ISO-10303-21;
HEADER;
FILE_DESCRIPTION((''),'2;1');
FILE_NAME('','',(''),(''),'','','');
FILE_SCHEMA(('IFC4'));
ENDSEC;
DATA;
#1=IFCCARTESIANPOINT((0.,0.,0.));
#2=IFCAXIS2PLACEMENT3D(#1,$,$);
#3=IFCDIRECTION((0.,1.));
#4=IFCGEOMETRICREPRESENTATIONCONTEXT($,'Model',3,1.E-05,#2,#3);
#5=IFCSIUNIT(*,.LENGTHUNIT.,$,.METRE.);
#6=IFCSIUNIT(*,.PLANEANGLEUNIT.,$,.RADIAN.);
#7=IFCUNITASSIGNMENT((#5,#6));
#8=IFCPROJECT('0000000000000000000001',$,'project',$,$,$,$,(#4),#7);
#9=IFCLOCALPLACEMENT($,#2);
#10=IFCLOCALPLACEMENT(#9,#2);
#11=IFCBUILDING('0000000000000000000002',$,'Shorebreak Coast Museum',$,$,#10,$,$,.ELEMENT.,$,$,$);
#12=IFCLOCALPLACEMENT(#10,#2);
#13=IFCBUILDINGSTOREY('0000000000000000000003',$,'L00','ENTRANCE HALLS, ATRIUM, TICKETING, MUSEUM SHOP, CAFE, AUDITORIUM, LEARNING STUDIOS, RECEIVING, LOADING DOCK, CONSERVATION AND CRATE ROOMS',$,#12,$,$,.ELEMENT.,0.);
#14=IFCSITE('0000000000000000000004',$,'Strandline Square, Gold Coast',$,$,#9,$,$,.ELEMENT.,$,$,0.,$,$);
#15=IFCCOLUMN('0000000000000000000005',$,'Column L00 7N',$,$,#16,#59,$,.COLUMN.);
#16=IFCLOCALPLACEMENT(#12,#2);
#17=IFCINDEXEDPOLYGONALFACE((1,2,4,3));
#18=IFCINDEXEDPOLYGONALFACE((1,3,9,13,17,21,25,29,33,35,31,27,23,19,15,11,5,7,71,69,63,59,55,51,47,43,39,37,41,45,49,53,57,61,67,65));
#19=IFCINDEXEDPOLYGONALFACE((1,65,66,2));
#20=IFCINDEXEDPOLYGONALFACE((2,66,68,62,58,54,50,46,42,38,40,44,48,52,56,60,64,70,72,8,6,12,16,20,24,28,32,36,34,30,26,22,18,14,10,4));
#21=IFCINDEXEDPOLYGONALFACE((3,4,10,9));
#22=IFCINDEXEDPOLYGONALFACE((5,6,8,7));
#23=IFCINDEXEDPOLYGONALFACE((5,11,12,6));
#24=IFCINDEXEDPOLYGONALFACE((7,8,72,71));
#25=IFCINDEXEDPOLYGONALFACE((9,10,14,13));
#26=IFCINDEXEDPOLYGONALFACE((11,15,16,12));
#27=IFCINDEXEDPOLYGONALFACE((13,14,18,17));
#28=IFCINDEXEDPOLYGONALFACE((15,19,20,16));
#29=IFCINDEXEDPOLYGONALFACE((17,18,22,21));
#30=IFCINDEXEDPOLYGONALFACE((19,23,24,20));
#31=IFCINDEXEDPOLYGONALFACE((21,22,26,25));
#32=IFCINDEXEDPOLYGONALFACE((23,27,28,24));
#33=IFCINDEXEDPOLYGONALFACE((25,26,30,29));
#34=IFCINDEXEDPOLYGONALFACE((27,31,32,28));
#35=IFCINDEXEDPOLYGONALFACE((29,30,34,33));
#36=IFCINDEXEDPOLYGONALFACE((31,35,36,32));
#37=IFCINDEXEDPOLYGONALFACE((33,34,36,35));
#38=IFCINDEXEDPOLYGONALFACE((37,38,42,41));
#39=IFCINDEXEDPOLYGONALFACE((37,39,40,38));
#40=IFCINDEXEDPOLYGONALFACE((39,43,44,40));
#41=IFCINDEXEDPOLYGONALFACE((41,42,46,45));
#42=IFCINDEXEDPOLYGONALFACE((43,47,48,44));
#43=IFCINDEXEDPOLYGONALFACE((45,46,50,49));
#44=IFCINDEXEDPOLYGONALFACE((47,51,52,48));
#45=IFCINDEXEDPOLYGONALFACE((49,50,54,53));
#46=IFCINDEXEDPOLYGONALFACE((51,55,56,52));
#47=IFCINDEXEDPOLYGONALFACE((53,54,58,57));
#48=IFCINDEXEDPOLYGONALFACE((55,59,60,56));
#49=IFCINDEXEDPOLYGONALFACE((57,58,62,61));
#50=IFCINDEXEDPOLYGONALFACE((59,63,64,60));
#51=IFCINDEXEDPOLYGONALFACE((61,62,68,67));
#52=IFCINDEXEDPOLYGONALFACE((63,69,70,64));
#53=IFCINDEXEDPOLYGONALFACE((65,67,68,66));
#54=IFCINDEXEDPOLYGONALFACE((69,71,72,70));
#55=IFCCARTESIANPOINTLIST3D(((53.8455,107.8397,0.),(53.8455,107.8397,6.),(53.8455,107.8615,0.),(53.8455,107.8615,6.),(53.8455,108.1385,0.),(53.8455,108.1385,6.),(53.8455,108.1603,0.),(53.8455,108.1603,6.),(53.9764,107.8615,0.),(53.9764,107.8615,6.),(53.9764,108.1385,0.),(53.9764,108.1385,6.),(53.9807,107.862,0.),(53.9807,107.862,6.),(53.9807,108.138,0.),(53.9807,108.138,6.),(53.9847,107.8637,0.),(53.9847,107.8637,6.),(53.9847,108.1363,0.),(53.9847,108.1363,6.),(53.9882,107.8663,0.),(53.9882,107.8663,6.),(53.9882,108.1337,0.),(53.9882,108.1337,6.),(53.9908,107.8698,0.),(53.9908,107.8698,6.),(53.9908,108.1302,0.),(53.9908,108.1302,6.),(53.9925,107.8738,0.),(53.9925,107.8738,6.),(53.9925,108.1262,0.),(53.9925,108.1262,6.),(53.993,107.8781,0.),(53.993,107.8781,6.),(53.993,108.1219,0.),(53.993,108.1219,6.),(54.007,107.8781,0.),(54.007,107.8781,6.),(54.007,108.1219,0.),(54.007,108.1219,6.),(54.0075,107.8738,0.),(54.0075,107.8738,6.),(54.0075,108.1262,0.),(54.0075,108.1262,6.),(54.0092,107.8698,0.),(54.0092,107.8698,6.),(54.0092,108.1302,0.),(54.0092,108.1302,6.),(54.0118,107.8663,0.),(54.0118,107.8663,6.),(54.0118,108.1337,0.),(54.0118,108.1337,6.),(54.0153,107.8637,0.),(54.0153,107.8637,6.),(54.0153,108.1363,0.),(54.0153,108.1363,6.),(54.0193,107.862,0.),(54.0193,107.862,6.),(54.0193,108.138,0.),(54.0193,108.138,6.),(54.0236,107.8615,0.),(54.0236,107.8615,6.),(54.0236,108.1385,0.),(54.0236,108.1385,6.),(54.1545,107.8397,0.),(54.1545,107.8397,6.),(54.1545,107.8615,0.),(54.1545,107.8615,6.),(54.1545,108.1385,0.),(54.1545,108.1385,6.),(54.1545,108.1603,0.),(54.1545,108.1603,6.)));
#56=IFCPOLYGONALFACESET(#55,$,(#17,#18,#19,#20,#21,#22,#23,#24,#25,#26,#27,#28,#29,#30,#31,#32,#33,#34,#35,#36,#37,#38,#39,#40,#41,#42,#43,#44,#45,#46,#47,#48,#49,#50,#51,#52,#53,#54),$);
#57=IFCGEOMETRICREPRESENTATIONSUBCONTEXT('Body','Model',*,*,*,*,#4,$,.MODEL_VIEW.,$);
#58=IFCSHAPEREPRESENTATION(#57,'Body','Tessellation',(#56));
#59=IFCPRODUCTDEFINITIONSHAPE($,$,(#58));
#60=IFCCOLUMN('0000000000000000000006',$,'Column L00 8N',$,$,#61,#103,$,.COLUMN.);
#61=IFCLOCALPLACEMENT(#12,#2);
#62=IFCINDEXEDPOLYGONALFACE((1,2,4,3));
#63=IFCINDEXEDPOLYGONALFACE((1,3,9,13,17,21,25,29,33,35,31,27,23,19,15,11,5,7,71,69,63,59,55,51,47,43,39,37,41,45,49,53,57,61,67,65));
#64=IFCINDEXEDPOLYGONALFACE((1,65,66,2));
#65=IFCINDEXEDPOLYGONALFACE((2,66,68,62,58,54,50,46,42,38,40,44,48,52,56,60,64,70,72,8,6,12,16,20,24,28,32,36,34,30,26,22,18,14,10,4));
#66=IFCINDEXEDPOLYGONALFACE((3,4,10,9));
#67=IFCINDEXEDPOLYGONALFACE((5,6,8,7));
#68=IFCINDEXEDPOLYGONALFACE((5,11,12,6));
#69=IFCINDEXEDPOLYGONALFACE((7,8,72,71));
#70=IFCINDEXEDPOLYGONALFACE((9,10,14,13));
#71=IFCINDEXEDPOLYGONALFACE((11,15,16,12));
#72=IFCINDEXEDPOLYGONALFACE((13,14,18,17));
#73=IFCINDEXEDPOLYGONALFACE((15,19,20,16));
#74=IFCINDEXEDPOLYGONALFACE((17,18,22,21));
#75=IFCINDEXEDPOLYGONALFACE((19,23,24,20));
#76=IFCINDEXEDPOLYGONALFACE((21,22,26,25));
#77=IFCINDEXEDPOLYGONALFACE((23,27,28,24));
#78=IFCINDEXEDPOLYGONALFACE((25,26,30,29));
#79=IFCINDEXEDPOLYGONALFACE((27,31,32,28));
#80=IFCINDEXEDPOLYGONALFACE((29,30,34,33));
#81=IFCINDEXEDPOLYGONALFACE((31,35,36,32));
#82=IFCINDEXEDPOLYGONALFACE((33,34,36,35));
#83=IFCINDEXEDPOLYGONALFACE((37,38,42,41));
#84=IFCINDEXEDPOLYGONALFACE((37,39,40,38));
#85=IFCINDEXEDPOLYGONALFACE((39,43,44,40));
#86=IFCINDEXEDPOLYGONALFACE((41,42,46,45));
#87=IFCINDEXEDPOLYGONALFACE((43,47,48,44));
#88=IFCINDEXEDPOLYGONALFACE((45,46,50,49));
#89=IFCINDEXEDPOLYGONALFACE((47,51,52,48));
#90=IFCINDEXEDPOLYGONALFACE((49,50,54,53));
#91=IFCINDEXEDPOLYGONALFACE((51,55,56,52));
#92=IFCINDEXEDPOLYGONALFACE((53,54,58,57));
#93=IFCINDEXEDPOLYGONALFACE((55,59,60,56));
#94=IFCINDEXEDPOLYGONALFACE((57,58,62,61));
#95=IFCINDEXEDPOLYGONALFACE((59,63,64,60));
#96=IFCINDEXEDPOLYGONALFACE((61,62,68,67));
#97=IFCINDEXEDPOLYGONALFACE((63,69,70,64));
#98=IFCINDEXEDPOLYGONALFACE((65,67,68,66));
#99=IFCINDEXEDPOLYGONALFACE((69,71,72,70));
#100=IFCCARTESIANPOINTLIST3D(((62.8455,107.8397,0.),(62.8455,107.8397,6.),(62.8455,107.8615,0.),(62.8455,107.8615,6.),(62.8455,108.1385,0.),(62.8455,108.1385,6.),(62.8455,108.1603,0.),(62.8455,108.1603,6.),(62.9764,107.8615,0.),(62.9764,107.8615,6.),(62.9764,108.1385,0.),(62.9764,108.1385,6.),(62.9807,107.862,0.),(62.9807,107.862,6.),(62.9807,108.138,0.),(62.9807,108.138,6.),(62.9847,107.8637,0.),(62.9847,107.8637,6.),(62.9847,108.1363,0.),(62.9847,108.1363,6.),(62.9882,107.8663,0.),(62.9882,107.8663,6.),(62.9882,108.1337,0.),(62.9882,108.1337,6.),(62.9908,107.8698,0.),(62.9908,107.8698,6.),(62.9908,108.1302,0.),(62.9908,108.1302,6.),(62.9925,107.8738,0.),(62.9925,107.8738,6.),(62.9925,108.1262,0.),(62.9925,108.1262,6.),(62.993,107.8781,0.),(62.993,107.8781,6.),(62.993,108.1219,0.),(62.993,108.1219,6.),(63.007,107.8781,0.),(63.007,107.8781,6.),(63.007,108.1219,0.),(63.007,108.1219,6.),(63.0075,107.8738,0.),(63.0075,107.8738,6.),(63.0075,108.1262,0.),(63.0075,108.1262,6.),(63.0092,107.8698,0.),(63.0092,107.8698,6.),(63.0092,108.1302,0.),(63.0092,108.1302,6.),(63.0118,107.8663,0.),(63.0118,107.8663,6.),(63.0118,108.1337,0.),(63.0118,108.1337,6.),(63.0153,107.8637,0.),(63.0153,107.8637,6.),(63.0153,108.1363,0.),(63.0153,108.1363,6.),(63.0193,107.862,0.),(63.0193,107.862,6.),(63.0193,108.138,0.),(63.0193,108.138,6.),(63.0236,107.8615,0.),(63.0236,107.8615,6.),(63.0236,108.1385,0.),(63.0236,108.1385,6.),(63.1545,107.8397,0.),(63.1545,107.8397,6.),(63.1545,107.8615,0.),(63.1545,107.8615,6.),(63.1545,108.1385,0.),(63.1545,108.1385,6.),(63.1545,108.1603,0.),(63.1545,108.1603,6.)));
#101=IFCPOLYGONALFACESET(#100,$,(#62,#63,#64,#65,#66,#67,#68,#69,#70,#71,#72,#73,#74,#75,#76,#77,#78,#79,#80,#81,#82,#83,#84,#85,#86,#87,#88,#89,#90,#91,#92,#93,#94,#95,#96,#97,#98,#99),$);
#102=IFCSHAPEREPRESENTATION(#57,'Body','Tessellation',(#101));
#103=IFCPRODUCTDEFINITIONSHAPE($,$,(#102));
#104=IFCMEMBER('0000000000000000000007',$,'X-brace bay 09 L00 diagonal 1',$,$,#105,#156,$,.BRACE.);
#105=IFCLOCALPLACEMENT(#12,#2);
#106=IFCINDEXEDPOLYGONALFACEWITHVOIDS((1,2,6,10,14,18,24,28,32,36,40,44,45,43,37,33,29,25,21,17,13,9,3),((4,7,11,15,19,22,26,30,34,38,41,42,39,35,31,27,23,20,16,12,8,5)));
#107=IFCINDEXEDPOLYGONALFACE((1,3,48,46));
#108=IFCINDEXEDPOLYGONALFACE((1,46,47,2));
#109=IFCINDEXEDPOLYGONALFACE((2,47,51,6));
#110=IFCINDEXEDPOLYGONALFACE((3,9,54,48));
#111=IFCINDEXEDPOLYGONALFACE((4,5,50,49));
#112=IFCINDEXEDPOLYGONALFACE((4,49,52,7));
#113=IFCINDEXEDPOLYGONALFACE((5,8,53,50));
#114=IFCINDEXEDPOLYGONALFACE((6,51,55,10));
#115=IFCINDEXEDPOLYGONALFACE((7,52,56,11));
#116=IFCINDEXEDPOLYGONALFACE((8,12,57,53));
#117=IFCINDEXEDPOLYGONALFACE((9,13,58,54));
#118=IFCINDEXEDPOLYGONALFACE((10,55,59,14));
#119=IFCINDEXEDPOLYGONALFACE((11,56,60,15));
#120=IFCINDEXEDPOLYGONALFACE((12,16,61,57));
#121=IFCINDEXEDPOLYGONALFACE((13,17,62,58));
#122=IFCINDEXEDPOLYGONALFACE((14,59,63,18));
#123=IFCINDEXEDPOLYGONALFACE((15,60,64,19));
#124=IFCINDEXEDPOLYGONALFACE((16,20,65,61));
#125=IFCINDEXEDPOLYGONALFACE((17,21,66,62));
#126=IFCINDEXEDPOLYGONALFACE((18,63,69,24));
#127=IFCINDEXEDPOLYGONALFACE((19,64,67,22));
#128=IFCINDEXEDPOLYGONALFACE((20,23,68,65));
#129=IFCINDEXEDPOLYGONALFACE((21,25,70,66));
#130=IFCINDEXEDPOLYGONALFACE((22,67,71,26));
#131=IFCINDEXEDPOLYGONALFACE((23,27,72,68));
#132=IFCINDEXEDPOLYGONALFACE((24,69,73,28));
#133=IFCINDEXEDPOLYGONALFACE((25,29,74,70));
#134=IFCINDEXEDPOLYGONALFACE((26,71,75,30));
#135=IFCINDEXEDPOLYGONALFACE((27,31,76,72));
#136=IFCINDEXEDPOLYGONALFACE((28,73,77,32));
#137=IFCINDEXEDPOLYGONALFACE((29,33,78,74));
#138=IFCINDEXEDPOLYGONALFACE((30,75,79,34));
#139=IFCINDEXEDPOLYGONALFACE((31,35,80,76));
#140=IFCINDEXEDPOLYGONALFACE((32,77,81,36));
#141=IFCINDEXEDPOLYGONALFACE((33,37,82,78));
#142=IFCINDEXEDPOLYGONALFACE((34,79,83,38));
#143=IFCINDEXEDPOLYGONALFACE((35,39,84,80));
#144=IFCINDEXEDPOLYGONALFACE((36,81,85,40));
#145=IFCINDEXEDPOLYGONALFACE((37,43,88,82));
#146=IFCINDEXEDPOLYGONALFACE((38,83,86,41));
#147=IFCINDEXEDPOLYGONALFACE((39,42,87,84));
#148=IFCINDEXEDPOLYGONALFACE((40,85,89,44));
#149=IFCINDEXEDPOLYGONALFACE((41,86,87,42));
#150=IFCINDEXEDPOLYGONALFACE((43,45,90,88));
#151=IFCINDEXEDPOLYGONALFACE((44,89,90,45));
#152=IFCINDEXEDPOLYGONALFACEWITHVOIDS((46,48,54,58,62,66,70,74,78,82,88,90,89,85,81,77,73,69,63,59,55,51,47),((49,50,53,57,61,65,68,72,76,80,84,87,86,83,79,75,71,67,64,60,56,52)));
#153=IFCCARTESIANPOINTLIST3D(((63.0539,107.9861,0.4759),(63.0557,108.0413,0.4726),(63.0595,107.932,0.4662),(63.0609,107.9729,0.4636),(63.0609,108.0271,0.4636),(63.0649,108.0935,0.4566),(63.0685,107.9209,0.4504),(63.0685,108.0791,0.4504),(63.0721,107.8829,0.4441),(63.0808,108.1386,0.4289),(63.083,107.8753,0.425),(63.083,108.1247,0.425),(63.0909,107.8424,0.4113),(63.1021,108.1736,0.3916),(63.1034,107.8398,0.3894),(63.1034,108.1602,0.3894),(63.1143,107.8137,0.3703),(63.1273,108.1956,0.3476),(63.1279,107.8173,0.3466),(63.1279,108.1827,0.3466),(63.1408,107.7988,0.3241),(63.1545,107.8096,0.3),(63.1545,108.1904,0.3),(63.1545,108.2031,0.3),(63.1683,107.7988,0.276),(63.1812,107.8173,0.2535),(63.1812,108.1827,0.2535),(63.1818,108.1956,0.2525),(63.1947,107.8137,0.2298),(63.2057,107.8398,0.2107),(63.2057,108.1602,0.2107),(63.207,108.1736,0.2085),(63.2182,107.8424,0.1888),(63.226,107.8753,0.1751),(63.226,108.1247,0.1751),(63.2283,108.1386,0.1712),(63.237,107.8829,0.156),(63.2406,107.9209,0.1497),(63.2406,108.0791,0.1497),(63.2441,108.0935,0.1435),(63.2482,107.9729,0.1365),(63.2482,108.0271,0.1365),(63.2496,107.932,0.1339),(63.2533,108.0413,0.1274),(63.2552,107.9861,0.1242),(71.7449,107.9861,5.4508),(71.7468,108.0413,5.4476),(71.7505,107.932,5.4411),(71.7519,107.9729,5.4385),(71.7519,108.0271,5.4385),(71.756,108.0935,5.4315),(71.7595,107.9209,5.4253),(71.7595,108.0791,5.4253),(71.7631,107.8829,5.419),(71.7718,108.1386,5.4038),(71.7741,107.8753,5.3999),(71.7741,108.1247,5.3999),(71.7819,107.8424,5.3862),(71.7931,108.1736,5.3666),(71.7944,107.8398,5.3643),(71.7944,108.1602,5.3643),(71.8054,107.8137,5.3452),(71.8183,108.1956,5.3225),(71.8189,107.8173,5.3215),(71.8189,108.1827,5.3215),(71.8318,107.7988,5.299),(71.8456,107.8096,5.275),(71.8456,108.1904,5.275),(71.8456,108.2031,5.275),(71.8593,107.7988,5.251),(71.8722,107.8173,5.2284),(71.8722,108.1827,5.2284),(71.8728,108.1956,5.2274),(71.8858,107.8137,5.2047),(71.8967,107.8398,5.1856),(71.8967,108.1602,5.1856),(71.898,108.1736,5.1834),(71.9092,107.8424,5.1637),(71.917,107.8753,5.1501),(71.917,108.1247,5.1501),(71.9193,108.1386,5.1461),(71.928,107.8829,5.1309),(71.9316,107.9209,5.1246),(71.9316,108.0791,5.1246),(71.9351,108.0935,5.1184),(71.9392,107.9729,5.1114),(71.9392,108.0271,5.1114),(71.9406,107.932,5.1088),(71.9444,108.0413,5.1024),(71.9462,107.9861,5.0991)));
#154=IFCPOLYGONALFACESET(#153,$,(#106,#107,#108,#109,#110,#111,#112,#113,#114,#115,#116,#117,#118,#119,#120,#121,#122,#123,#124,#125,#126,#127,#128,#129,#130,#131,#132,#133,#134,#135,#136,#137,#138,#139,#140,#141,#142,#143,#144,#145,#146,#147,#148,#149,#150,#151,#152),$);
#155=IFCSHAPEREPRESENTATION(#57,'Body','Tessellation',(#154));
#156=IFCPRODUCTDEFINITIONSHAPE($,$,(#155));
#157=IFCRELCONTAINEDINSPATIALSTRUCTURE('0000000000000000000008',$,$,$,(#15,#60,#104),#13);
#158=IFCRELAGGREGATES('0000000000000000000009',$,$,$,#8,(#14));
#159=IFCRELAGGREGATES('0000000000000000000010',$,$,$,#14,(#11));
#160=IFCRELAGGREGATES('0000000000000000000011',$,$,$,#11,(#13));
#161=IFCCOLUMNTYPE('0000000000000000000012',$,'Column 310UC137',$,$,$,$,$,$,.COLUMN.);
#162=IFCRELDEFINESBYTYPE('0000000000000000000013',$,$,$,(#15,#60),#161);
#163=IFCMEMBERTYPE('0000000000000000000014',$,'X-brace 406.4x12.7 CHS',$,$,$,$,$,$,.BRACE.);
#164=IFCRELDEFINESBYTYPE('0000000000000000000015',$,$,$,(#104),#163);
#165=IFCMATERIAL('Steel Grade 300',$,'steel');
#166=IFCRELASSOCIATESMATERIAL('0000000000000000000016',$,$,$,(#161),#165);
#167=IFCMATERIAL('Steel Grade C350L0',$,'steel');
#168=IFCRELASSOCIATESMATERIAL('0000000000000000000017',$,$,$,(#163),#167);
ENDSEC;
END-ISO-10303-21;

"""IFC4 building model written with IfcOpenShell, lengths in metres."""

from ifc_helpers import new_model, si_unit, direction, frame, origin, origin_2d, place, context, subcontext, project, spatial, hollow_circle, i_section, extrude, material, material_profile, profile_set, type_object, element, save


model = new_model("IFC4")

# Units and contexts
model_context = context("Model", 3, precision=1e-05, world=origin(), true_north=direction((0.0, 1.0)))
body_context = subcontext(model_context, "Body", "Model", "MODEL_VIEW")
ifc_project = project(units=[si_unit("LENGTHUNIT", "METRE"), si_unit("PLANEANGLEUNIT", "RADIAN")], contexts=[model_context])

# Site, building, storey
site_placement = place(None, origin())
site = spatial("IfcSite", under=ifc_project, at=site_placement, Name="Strandline Square, Gold Coast", CompositionType="ELEMENT", RefElevation=0.0)
building_placement = place(site_placement, origin())
building = spatial("IfcBuilding", under=site, at=building_placement, Name="Shorebreak Coast Museum", CompositionType="ELEMENT")
storey_placement = place(building_placement, origin())
storey = spatial("IfcBuildingStorey", under=building, at=storey_placement, Name="L00", Description="ENTRANCE HALLS, ATRIUM, TICKETING, MUSEUM SHOP, CAFE, AUDITORIUM, LEARNING STUDIOS, RECEIVING, LOADING DOCK, CONSERVATION AND CRATE ROOMS", CompositionType="ELEMENT", Elevation=0.0)

# Columns
ifc_material_1 = material(Name="Steel Grade 300", Category="steel")
ifc_material_profile_1 = material_profile(ifc_material_1, i_section(OverallWidth=0.3091, OverallDepth=0.3206, WebThickness=0.0139, FlangeThickness=0.0217, FilletRadius=0.0166, at=origin_2d()), Name="310UC137")
ifc_profile_set_1 = profile_set([ifc_material_profile_1], Name="Steel Grade 300")
column_type = type_object("IfcColumnType", Name="Column 310UC137", PredefinedType="COLUMN", material=ifc_profile_set_1)
for number, where, z_axis, x_axis, name in (
    (1, (54.0, 108.0, 0.0), (0.0, 0.0, 1.0), (1.0, 0.0, 0.0), "Column L00 7N"),
    (2, (63.0, 108.0, 0.0), (0.0, 0.0, 1.0), (1.0, 0.0, 0.0), "Column L00 8N"),
):
    element("IfcColumn", number, at=place(storey_placement, frame(where, z_axis=z_axis, x_axis=x_axis)), inside=storey, type_object=column_type, Name=name, PredefinedType="COLUMN", context=body_context, shape_type="SweptSolid", body=[
        extrude(i_section(OverallWidth=0.3091, OverallDepth=0.3206, WebThickness=0.0139, FlangeThickness=0.0217, FilletRadius=0.0166, at=origin_2d()), origin(), (0.0, 0.0, 1.0), 6.0),
    ])

# Member
ifc_material_2 = material(Name="Steel Grade C350L0", Category="steel")
ifc_material_profile_2 = material_profile(ifc_material_2, hollow_circle(Radius=0.2031, WallThickness=0.0127, at=origin_2d()), Name="406.4x12.7 CHS")
ifc_profile_set_2 = profile_set([ifc_material_profile_2], Name="Steel Grade C350L0")
member_type = type_object("IfcMemberType", Name="X-brace 406.4x12.7 CHS", PredefinedType="BRACE", material=ifc_profile_set_2)
member_1_placement = place(storey_placement, frame((63.1545, 108.0, 0.3), z_axis=(0.867872, 0.0, 0.496787), x_axis=(0.0, 1.0, 0.0)))
element("IfcMember", 3, at=member_1_placement, inside=storey, type_object=member_type, Name="X-brace bay 09 L00 diagonal 1", PredefinedType="BRACE", context=body_context, shape_type="SweptSolid", body=[
    extrude(hollow_circle(Radius=0.2031, WallThickness=0.0127, at=origin_2d()), origin(), (0.0, 0.0, 1.0), 10.0142),
])

save(model, "model.ifc")
